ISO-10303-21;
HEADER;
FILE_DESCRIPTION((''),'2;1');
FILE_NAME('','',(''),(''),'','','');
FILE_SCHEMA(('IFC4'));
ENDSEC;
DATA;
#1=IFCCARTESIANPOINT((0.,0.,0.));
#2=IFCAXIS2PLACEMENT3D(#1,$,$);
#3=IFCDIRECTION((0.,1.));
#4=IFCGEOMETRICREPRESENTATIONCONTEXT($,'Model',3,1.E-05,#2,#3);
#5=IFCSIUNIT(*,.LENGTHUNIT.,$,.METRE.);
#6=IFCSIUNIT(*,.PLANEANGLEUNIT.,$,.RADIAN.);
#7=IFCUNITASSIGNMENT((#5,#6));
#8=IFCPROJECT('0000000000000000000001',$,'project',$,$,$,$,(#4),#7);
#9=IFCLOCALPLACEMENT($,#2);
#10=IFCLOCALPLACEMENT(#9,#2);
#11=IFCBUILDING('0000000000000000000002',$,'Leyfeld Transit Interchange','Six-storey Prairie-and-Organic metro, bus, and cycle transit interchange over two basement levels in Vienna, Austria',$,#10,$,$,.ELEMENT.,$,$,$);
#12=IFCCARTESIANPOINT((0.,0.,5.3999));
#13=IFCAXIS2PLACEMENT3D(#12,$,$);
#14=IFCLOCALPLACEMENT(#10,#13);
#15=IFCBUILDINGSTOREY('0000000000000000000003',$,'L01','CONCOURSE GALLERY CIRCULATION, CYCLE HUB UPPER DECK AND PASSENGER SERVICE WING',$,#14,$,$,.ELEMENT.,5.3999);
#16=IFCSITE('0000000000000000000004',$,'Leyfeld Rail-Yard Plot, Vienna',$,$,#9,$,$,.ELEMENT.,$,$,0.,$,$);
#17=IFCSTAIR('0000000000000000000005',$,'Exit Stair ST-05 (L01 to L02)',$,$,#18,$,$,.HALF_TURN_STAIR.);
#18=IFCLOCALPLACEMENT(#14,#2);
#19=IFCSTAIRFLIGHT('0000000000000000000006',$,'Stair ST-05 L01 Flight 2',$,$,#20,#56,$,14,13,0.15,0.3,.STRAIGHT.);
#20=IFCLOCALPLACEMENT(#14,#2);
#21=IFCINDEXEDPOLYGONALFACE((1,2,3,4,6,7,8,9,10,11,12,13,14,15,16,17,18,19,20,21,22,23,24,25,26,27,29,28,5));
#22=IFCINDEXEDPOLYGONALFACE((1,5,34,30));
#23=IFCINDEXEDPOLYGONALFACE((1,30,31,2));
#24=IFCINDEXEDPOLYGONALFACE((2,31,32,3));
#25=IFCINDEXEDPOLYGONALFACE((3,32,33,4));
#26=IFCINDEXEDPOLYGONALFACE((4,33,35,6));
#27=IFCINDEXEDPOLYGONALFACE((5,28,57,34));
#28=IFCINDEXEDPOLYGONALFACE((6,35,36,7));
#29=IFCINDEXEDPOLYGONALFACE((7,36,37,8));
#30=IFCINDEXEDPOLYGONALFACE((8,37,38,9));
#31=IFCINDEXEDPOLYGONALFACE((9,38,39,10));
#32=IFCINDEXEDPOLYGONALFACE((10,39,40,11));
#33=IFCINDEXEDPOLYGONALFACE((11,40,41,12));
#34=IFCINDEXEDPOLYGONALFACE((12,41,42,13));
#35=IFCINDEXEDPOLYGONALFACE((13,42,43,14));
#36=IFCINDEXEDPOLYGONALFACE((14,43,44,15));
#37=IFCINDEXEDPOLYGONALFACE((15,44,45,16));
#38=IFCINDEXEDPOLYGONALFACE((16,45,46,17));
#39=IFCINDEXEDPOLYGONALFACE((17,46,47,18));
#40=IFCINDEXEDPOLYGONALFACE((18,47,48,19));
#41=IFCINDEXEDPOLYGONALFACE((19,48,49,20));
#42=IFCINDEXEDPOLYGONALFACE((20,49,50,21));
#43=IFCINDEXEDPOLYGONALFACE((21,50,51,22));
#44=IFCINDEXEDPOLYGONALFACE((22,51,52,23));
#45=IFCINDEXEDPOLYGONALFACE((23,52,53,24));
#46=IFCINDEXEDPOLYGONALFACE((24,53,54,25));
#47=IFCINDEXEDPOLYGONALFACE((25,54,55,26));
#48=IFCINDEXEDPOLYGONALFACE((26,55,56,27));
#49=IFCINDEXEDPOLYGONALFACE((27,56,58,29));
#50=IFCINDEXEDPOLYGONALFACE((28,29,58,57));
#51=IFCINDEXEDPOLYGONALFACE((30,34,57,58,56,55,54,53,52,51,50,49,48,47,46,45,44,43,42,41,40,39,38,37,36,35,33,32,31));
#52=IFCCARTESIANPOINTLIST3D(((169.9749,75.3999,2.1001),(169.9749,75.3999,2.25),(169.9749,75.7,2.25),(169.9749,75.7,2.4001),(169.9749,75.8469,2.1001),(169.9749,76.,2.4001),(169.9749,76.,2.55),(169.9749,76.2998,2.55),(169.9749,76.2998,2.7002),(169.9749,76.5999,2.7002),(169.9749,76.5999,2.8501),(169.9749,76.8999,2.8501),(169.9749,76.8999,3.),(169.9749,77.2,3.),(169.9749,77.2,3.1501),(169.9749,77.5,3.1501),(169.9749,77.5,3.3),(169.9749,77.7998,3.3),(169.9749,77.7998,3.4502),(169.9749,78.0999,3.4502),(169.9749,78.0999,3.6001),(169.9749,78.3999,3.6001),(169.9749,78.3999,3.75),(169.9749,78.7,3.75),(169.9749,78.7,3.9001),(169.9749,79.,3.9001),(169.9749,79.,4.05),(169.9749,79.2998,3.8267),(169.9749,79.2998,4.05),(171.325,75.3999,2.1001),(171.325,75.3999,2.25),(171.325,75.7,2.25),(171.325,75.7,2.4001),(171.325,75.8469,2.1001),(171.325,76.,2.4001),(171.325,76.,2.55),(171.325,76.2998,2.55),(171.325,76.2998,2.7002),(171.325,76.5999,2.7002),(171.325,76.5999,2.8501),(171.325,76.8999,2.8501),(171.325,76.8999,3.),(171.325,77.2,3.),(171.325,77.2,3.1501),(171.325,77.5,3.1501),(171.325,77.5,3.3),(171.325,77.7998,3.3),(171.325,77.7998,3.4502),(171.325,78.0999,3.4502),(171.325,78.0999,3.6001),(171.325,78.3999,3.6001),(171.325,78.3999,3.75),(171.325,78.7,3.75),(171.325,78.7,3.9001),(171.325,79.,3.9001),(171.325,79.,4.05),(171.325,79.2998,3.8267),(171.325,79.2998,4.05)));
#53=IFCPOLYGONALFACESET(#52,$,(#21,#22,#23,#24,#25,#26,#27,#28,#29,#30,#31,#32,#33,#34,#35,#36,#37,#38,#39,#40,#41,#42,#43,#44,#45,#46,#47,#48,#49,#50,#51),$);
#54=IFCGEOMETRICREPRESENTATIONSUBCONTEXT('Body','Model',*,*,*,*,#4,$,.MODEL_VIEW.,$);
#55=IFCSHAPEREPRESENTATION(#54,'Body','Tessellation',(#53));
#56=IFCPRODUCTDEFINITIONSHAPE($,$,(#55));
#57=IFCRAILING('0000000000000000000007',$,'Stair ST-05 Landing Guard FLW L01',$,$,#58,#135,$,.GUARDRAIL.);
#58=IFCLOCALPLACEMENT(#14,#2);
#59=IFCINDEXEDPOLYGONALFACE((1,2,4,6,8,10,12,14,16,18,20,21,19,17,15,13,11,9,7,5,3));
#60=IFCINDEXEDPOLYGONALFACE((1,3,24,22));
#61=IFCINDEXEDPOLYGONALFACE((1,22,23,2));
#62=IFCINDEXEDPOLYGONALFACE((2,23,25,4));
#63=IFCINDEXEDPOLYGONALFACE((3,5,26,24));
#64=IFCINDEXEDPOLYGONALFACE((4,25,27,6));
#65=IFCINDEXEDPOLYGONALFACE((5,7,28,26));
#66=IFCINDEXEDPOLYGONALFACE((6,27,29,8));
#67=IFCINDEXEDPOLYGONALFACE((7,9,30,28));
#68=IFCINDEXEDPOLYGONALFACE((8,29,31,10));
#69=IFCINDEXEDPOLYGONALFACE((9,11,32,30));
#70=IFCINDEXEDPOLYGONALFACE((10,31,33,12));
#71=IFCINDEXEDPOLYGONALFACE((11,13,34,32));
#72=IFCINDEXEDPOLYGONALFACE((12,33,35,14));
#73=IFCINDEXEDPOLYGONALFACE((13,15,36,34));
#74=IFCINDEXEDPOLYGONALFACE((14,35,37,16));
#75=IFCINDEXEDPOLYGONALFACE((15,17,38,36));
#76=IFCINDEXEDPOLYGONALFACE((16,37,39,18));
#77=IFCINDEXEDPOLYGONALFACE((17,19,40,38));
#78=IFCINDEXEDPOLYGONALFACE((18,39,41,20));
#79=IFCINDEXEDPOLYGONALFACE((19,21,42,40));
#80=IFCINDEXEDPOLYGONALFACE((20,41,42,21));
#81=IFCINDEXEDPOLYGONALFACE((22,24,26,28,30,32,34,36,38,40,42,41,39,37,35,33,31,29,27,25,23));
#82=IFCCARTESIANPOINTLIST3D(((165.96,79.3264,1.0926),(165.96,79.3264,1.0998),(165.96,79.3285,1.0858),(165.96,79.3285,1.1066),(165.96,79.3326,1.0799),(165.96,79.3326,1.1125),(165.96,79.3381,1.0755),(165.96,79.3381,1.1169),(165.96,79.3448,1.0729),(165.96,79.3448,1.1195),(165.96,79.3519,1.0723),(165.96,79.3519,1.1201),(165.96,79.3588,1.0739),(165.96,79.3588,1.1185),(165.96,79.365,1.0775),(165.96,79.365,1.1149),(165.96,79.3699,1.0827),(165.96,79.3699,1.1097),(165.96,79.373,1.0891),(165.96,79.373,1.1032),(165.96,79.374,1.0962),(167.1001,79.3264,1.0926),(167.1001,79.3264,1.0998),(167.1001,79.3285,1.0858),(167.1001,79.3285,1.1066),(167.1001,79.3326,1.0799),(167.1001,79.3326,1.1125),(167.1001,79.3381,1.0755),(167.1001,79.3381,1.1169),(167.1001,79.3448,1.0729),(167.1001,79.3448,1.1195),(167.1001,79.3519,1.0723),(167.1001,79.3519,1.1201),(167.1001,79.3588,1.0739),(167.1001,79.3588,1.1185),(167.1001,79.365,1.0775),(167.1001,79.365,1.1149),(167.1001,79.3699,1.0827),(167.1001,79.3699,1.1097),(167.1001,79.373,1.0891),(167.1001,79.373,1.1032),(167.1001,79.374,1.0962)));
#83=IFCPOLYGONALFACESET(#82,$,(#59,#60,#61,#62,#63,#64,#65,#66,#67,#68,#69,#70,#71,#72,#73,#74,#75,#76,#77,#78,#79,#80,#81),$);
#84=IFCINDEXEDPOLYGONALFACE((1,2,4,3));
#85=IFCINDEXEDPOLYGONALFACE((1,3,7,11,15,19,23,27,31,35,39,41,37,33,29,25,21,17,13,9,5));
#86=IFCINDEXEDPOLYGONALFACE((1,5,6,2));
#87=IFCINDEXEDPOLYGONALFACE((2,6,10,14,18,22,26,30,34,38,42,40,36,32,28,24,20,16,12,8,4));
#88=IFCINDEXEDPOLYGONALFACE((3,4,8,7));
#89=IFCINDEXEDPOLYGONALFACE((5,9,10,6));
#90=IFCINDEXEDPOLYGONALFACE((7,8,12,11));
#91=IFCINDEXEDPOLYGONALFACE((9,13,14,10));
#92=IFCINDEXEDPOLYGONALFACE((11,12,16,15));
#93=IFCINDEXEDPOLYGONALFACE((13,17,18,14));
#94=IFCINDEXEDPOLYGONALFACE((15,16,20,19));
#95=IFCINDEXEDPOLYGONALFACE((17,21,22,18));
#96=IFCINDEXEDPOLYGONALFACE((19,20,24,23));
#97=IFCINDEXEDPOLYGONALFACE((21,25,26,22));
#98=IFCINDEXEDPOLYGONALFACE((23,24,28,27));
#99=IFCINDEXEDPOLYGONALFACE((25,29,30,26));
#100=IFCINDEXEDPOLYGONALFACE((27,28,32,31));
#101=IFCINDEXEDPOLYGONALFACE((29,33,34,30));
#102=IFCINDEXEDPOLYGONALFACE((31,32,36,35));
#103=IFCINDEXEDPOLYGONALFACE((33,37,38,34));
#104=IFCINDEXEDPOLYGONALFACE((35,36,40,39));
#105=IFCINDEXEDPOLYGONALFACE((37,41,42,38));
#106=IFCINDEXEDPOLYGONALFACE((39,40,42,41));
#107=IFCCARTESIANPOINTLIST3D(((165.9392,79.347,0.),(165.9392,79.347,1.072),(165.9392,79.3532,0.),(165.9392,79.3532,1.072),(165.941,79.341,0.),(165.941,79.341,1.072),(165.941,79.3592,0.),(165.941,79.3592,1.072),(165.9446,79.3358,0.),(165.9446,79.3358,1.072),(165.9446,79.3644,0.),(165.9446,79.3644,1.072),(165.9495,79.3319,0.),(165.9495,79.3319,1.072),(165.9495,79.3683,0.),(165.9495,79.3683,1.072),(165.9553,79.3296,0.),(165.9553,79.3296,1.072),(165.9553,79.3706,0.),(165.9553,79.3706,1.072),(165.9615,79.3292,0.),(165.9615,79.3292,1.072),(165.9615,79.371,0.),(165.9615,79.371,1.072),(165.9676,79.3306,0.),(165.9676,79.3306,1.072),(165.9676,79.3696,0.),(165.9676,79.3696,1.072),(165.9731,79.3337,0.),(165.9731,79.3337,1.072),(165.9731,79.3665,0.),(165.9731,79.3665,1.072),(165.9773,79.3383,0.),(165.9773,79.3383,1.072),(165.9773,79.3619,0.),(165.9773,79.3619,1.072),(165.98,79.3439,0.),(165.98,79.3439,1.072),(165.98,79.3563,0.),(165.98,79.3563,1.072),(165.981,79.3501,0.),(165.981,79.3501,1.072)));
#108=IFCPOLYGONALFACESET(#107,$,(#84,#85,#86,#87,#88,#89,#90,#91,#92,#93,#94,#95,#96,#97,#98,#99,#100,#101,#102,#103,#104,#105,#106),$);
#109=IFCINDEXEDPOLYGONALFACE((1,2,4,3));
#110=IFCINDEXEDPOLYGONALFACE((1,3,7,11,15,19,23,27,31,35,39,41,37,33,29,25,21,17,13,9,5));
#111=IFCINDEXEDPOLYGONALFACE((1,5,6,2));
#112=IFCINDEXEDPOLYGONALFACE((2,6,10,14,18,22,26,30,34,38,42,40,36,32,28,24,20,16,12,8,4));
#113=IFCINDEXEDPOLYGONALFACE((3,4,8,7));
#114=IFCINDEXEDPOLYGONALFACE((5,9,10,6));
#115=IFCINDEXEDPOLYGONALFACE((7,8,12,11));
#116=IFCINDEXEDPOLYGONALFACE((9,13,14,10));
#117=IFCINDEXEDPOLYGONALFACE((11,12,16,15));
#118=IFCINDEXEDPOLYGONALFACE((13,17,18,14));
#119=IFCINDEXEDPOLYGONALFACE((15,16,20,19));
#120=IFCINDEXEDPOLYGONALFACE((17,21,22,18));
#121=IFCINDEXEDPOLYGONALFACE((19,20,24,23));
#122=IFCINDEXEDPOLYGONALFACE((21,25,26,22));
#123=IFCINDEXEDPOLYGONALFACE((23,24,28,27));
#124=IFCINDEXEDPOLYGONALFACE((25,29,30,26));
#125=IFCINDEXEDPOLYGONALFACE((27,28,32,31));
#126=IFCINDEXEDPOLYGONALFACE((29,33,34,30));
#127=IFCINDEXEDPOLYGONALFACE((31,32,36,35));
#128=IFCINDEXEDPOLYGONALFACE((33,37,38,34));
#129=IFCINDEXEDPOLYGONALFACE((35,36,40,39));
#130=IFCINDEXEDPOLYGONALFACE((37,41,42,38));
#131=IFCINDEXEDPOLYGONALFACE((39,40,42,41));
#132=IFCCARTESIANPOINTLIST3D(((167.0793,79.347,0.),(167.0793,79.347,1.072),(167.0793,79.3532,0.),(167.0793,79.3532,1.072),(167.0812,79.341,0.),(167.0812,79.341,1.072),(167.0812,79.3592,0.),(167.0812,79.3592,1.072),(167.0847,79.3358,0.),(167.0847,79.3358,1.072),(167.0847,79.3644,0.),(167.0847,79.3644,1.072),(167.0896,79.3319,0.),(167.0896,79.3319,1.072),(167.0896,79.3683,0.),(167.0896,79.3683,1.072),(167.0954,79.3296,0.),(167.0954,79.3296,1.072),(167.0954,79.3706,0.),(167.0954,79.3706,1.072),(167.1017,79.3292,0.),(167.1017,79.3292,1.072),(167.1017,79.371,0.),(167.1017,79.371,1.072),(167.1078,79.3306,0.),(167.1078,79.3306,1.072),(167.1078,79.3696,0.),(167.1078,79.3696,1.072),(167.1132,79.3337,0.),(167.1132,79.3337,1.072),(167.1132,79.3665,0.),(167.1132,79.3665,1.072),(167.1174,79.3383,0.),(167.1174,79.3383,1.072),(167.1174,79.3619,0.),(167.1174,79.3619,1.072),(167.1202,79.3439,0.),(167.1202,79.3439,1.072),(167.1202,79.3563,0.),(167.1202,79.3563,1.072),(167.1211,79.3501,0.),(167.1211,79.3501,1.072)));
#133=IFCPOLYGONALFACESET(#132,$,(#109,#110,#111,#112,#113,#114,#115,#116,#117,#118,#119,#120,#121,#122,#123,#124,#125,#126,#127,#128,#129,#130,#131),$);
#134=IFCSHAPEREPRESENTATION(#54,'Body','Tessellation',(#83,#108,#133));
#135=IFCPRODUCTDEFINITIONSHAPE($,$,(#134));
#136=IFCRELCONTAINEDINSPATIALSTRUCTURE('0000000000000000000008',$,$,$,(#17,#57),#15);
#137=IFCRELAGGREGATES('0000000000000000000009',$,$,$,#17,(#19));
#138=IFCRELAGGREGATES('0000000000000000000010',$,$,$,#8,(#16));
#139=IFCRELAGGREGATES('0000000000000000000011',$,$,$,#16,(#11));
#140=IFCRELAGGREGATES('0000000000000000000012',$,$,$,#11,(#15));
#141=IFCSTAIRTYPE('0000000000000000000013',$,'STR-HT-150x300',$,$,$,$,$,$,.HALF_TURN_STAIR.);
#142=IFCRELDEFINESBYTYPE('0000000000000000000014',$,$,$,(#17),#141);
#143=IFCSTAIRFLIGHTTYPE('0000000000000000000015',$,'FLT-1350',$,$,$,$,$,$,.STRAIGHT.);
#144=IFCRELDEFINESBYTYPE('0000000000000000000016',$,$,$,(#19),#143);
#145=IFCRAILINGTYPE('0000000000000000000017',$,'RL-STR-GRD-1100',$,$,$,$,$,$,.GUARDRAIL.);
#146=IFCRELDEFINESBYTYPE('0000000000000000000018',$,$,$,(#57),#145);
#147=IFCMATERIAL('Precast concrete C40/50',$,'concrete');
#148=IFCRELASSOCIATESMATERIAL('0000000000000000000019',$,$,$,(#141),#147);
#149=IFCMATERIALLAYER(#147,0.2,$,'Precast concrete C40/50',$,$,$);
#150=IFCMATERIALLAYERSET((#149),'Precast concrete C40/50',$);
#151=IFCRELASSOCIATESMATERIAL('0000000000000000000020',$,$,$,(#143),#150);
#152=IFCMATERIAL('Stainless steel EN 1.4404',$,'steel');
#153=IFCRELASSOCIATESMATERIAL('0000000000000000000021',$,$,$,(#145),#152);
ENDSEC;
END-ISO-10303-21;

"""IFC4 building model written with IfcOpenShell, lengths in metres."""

from ifc_helpers import new_model, si_unit, direction, frame, origin, origin_2d, place, context, subcontext, project, spatial, polyline, circle, outline, extrude, material, layer, layer_set, type_object, element, aggregate, save


model = new_model("IFC4")

# Units and contexts
model_context = context("Model", 3, precision=1e-05, world=origin(), true_north=direction((0.0, 1.0)))
body_context = subcontext(model_context, "Body", "Model", "MODEL_VIEW")
ifc_project = project(units=[si_unit("LENGTHUNIT", "METRE"), si_unit("PLANEANGLEUNIT", "RADIAN")], contexts=[model_context])

# Site, building, storey
site_placement = place(None, origin())
site = spatial("IfcSite", under=ifc_project, at=site_placement, Name="Leyfeld Rail-Yard Plot, Vienna", CompositionType="ELEMENT", RefElevation=0.0)
building_placement = place(site_placement, origin())
building = spatial("IfcBuilding", under=site, at=building_placement, Name="Leyfeld Transit Interchange", Description="Six-storey Prairie-and-Organic metro, bus, and cycle transit interchange over two basement levels in Vienna, Austria", CompositionType="ELEMENT")
storey_placement = place(building_placement, frame((0.0, 0.0, 5.3999)))
storey = spatial("IfcBuildingStorey", under=building, at=storey_placement, Name="L01", Description="CONCOURSE GALLERY CIRCULATION, CYCLE HUB UPPER DECK AND PASSENGER SERVICE WING", CompositionType="ELEMENT", Elevation=5.3999)

# Stair, stair flight
ifc_material_1 = material(Name="Precast concrete C40/50", Category="concrete")
stair_type = type_object("IfcStairType", Name="STR-HT-150x300", PredefinedType="HALF_TURN_STAIR", material=ifc_material_1)
stair_placement = place(storey_placement, origin())
stair = element("IfcStair", 1, at=stair_placement, inside=storey, type_object=stair_type, Name="Exit Stair ST-05 (L01 to L02)", PredefinedType="HALF_TURN_STAIR")
ifc_layer_1 = layer(ifc_material_1, 0.2, Name="Precast concrete C40/50")
ifc_layer_set_1 = layer_set([ifc_layer_1], Name="Precast concrete C40/50")
stair_flight_type = type_object("IfcStairFlightType", Name="FLT-1350", PredefinedType="STRAIGHT", material=ifc_layer_set_1)
stair_flight_1_placement = place(storey_placement, frame((170.6499, 75.3999, 2.1001), z_axis=(0.0, 0.0, 1.0), x_axis=(0.0, 1.0, 0.0)))
stair_flight_1 = element("IfcStairFlight", 2, at=stair_flight_1_placement, type_object=stair_flight_type, Name="Stair ST-05 L01 Flight 2", NumberOfRisers=14, NumberOfTreads=13, PredefinedType="STRAIGHT", RiserHeight=0.15, TreadLength=0.3, context=body_context, shape_type="SweptSolid", body=[
    extrude(outline(polyline([(0.0, 0.0), (0.0, 0.1499), (0.3, 0.1499), (0.3, 0.3), (0.6001, 0.3), (0.6001, 0.45), (0.8999, 0.45), (0.8999, 0.6001), (1.2, 0.6001), (1.2, 0.75), (1.5, 0.75), (1.5, 0.8999), (1.8, 0.8999), (1.8, 1.05), (2.1001, 1.05), (2.1001, 1.2), (2.3999, 1.2), (2.3999, 1.3501), (2.7, 1.3501), (2.7, 1.5), (3.0, 1.5), (3.0, 1.6499), (3.3, 1.6499), (3.3, 1.8), (3.6001, 1.8), (3.6001, 1.95), (3.8999, 1.95), (3.8999, 2.1001), (3.8999, 1.7266), (0.447, 0.0), (0.0, 0.0)])), frame((0.0, 0.675, 0.0), z_axis=(0.0, -1.0, 0.0), x_axis=(1.0, 0.0, 0.0)), (0.0, 0.0, 1.0), 1.3501),
])
aggregate(stair, [stair_flight_1])

# Railing
ifc_material_2 = material(Name="Stainless steel EN 1.4404", Category="steel")
railing_type_1 = type_object("IfcRailingType", Name="RL-STR-GRD-1100", PredefinedType="GUARDRAIL", material=ifc_material_2)
railing_1_placement = place(storey_placement, frame((165.96, 79.3501, 0.0)))
element("IfcRailing", 3, at=railing_1_placement, inside=storey, type_object=railing_type_1, Name="Stair ST-05 Landing Guard FLW L01", PredefinedType="GUARDRAIL", context=body_context, shape_type="SweptSolid", body=[
    extrude(circle(Radius=0.0239, at=origin_2d()), frame((0.0, 0.0, 1.0962), z_axis=(1.0, 0.0, 0.0), x_axis=(0.0, 1.0, 0.0)), (0.0, 0.0, 1.0), 1.1401),
    extrude(circle(Radius=0.021, at=origin_2d()), origin(), (0.0, 0.0, 1.0), 1.072),
    extrude(circle(Radius=0.021, at=origin_2d()), frame((1.1401, 0.0, 0.0)), (0.0, 0.0, 1.0), 1.072),
])

save(model, "model.ifc")
